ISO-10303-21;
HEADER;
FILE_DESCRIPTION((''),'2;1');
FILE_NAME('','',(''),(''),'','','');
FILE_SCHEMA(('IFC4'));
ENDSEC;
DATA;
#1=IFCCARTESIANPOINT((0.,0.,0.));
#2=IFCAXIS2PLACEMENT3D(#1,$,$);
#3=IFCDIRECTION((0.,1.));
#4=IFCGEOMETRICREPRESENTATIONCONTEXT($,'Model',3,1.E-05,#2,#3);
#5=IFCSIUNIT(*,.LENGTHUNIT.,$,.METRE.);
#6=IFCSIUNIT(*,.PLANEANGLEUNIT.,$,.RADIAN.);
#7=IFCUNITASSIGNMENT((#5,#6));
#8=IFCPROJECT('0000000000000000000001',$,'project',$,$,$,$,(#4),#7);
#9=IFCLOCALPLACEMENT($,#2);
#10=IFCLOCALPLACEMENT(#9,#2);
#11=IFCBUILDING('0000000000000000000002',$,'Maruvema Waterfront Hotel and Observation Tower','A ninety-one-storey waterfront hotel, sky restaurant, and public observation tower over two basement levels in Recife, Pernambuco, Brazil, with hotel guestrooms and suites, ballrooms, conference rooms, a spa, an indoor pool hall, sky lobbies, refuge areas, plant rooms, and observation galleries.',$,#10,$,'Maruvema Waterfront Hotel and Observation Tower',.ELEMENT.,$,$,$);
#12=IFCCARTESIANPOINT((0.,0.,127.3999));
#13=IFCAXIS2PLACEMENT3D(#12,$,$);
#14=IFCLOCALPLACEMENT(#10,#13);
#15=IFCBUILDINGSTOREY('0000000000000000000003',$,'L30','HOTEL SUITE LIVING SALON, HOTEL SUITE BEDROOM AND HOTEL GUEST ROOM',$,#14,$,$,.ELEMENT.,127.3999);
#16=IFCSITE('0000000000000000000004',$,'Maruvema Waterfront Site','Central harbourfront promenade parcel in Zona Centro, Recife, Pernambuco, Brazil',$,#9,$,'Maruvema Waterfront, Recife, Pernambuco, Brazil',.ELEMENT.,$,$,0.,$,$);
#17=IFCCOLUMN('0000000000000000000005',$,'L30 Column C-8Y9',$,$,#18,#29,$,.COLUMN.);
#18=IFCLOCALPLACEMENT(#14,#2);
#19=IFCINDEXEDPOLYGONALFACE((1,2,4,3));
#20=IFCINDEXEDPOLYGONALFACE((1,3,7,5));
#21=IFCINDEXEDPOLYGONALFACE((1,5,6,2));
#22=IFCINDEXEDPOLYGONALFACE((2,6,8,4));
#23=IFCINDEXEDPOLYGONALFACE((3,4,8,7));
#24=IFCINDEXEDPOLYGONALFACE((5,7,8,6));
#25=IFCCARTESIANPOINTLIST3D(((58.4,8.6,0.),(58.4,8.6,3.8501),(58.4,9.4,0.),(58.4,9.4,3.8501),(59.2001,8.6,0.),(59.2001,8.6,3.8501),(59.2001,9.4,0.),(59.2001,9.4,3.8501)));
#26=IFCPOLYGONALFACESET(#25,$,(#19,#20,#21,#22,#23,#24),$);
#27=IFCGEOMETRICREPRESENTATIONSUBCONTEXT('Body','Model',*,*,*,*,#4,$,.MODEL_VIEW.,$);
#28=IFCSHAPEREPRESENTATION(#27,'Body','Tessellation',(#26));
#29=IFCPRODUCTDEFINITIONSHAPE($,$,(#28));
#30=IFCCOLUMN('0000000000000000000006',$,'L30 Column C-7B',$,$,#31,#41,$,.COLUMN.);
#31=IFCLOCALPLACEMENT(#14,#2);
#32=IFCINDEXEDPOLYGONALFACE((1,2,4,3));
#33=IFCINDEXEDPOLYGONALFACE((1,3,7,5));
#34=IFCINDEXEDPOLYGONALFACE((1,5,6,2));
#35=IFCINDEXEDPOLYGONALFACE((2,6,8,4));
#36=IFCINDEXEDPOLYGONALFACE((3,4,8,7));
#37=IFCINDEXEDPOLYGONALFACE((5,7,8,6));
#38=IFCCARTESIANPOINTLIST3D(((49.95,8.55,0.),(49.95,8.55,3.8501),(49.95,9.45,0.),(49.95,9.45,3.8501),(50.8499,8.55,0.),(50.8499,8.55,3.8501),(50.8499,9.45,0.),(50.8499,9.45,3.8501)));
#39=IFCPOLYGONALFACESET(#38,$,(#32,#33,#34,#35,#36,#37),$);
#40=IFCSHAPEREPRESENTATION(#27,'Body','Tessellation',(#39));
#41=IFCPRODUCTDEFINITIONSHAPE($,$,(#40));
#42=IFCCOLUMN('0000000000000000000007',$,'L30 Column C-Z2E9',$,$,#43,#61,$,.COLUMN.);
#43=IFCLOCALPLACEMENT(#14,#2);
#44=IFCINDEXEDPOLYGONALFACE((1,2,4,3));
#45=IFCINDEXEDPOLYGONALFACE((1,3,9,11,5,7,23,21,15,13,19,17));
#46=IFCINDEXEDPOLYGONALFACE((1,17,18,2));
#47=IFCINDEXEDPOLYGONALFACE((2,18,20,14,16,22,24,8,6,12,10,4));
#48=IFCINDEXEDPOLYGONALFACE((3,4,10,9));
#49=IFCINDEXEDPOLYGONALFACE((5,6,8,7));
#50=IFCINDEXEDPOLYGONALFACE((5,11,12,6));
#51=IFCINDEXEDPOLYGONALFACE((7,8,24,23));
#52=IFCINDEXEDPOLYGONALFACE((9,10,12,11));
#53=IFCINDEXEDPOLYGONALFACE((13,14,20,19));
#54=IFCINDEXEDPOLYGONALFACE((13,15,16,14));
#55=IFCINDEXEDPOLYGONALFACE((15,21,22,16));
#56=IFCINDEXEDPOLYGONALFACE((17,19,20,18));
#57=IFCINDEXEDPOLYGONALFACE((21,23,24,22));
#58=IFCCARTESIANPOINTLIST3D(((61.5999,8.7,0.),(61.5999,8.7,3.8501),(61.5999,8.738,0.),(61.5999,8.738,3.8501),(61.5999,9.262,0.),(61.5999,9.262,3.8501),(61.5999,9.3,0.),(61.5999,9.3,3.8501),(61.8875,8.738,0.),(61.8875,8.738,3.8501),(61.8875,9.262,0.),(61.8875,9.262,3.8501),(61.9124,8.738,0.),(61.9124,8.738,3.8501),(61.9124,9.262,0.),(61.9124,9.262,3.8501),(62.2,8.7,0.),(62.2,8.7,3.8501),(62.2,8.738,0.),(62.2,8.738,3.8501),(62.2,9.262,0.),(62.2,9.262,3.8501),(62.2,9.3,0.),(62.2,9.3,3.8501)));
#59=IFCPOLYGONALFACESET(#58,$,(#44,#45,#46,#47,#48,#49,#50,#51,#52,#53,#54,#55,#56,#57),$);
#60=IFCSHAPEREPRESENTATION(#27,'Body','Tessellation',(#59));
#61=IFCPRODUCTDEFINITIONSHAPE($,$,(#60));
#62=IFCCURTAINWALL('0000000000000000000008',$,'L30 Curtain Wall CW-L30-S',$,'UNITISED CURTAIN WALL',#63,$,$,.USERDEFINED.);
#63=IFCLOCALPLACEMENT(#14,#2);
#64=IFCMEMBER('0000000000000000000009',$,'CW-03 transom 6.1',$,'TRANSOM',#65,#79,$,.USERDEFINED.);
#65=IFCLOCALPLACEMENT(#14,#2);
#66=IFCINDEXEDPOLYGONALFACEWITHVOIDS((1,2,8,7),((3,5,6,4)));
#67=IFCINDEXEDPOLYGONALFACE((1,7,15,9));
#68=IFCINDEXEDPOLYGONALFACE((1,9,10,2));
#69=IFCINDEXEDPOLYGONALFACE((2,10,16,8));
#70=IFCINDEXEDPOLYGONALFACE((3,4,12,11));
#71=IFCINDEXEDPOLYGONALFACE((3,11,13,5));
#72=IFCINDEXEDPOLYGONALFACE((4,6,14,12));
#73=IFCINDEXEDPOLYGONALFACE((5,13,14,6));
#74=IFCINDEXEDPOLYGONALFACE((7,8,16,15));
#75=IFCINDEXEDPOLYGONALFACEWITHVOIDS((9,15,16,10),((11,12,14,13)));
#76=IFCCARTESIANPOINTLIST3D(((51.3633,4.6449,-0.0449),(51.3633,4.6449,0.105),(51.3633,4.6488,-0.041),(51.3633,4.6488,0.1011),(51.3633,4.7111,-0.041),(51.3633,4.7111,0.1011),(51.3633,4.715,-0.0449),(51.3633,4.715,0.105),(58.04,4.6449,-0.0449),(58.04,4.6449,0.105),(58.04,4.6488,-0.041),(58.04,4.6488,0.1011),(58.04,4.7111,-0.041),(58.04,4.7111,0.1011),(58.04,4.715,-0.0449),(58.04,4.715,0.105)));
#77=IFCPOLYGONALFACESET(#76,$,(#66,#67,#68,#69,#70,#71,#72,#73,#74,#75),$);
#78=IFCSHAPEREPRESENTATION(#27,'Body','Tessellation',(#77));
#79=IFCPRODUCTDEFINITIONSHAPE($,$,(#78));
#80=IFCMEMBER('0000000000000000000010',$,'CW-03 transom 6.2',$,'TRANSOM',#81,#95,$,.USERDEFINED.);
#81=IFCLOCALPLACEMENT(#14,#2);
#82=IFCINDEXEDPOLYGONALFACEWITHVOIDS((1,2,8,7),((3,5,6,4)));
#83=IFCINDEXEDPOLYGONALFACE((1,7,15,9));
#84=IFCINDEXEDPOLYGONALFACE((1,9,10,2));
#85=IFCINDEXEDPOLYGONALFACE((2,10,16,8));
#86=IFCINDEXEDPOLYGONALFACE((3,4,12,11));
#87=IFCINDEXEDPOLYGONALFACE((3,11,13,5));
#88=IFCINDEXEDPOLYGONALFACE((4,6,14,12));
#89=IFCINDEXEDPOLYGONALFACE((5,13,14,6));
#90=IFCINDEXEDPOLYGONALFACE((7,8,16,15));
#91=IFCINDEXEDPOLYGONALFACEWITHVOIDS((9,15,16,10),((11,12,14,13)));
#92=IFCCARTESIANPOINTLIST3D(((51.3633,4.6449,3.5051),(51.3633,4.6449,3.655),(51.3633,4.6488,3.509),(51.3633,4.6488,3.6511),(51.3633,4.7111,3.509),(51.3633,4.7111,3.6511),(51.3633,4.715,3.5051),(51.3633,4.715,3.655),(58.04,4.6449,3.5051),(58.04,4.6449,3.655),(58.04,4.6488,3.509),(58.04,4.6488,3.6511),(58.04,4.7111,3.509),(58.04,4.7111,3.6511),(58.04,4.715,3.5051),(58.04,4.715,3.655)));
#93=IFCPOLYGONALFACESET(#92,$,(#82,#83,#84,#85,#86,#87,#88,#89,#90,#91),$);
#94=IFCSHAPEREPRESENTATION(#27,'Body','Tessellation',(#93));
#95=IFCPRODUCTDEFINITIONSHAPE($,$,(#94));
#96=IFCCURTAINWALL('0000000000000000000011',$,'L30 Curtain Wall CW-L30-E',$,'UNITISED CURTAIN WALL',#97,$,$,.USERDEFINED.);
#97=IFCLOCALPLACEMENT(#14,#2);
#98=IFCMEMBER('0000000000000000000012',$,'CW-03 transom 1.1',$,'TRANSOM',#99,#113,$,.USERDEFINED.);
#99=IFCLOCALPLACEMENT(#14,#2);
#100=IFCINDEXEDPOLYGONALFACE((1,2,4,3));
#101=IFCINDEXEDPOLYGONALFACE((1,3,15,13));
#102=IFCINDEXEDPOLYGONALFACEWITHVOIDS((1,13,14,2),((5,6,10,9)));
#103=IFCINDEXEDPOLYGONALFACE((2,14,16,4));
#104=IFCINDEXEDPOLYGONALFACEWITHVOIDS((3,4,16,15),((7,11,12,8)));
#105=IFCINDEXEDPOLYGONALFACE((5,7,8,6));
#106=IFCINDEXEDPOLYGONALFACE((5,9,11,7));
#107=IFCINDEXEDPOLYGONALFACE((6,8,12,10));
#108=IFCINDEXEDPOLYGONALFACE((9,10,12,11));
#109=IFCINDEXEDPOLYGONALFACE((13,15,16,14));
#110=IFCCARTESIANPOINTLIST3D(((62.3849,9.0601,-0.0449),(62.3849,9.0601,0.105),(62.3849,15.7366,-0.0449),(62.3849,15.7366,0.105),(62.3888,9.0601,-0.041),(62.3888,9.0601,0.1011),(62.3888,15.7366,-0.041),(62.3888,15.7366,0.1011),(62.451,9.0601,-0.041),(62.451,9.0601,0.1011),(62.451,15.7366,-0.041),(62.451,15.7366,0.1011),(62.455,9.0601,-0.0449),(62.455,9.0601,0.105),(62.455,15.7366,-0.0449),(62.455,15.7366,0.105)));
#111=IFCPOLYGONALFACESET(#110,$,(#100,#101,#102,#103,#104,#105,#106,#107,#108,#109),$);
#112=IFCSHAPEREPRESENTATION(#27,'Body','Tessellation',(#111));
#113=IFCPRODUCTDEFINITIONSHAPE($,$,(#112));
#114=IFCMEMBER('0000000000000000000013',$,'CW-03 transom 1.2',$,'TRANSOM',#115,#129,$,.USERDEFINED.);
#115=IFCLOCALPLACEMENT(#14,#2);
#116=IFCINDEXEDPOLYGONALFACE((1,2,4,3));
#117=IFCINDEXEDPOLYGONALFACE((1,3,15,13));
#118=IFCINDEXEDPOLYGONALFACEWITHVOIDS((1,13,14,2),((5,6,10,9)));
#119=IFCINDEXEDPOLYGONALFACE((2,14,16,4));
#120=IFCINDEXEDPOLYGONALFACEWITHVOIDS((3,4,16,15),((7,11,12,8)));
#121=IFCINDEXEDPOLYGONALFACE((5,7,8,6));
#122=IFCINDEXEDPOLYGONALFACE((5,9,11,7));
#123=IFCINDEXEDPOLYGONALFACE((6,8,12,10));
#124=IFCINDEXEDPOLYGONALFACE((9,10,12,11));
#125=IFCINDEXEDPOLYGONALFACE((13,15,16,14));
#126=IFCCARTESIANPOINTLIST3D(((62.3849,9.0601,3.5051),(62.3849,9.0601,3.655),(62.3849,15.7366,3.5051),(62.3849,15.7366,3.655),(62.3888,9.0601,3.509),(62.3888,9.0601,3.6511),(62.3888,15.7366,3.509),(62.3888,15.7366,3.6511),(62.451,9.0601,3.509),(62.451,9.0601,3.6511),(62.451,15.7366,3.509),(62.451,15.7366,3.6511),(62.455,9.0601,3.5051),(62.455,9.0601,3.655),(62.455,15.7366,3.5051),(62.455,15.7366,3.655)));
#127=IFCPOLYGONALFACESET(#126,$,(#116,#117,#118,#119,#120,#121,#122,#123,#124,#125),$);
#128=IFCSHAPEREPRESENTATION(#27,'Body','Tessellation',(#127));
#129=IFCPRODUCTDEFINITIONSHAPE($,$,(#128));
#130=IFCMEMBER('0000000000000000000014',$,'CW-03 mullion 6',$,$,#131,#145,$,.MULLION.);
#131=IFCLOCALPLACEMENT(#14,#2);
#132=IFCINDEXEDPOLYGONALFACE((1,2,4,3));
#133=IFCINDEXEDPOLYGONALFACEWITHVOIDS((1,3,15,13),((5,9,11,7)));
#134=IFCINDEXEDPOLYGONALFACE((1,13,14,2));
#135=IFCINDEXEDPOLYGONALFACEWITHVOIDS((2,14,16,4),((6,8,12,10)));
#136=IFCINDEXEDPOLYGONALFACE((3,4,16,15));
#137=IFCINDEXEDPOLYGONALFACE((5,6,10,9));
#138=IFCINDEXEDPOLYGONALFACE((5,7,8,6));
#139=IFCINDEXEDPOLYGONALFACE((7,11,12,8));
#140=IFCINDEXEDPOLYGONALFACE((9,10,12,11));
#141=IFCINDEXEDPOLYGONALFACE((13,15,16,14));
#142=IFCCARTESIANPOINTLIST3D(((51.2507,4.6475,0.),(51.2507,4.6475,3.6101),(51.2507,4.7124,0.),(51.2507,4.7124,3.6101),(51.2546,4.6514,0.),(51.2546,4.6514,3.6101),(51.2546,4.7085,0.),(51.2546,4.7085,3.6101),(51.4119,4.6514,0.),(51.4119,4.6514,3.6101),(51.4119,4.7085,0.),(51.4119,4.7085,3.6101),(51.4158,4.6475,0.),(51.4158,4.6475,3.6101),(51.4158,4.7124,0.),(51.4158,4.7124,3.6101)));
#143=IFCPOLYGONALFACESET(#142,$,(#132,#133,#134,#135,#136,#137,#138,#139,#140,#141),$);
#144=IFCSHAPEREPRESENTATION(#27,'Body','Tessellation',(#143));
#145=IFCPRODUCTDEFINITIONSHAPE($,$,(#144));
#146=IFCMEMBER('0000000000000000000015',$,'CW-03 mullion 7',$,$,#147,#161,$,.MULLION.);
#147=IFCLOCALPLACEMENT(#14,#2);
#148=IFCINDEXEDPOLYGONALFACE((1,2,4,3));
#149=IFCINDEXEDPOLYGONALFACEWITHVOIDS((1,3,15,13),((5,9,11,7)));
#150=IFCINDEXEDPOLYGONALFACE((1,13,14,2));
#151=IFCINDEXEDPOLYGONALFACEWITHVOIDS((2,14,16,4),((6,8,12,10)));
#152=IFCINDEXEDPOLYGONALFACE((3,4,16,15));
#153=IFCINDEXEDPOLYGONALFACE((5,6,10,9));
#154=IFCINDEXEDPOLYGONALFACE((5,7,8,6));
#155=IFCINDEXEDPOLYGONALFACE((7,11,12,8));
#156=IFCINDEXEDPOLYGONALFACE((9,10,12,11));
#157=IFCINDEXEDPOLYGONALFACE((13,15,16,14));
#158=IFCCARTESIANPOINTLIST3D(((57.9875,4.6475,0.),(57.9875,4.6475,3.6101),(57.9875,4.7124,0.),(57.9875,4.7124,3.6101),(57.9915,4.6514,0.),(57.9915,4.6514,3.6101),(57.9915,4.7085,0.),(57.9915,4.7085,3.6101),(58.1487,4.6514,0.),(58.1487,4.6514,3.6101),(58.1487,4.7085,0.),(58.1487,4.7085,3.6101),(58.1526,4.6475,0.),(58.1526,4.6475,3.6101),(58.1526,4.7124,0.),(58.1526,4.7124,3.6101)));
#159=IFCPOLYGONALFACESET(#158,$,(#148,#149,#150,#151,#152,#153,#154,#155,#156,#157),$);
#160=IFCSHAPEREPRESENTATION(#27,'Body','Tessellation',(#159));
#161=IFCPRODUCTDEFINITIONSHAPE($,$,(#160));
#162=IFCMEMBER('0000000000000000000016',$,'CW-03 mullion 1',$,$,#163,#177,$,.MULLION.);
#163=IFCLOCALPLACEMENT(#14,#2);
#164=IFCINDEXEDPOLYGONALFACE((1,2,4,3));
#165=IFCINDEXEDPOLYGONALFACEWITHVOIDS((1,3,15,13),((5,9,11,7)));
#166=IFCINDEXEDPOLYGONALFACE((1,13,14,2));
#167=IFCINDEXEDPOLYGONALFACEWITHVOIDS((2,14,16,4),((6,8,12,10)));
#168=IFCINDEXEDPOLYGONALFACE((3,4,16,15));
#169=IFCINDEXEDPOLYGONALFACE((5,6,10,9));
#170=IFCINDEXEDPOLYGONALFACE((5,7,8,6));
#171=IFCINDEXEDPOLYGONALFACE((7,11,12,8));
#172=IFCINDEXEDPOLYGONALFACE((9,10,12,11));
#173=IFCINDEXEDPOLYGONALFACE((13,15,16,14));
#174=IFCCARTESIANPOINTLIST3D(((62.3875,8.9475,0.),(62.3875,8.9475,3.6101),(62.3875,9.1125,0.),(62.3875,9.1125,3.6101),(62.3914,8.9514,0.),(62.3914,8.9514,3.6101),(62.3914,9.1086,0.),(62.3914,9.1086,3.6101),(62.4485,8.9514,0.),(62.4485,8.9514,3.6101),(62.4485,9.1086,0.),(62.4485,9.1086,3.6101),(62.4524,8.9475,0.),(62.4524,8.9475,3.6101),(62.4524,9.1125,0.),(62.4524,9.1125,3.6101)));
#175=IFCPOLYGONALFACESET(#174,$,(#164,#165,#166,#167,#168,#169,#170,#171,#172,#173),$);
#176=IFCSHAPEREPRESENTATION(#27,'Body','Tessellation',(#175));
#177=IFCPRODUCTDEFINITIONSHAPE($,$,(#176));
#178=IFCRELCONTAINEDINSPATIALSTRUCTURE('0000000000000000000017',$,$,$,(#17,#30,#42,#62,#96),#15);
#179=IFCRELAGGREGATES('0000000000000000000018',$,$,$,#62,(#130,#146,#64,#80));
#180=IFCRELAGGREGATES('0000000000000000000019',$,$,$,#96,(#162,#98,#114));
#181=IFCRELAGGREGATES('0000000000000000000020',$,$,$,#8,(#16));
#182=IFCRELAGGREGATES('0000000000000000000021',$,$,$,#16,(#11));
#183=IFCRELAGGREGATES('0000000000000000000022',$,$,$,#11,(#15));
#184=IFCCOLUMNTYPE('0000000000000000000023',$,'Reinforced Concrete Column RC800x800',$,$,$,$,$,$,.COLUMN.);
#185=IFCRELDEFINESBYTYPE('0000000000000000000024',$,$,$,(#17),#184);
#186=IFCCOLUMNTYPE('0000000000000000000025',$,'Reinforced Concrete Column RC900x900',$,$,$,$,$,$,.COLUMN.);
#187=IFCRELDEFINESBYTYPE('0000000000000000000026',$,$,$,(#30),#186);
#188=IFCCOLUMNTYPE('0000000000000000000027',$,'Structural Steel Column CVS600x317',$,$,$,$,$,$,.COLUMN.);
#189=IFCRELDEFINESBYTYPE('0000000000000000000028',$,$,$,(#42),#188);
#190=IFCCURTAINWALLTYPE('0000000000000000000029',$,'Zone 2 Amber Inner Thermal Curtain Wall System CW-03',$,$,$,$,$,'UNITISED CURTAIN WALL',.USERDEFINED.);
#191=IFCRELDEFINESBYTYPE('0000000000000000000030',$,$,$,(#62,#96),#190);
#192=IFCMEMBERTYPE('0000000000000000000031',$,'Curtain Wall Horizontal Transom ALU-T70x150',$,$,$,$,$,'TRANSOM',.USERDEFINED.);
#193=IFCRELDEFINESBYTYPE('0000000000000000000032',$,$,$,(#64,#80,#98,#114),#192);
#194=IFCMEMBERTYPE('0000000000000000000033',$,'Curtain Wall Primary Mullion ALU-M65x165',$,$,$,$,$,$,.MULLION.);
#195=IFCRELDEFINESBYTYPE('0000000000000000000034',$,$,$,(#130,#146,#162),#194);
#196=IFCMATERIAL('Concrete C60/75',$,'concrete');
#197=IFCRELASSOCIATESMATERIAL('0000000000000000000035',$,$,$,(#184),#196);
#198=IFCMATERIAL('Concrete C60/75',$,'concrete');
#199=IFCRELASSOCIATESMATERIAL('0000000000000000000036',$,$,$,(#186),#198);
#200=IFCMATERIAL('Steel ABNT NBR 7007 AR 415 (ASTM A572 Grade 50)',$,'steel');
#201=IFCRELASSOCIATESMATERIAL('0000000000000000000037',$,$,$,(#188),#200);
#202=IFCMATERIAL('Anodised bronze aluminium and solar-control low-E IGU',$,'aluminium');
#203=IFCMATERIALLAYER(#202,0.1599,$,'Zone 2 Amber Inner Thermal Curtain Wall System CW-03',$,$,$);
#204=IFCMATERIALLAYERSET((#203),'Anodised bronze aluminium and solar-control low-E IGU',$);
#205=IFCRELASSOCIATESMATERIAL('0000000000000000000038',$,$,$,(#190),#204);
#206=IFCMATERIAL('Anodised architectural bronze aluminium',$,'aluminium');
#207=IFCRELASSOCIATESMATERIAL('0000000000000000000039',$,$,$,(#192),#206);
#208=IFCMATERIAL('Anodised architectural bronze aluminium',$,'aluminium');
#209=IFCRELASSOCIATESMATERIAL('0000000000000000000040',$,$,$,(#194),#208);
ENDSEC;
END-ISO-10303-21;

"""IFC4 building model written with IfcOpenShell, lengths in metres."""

from ifc_helpers import new_model, si_unit, direction, frame, origin, origin_2d, place, context, subcontext, project, spatial, rectangle, hollow_rectangle, i_section, extrude, material, layer, layer_set, material_profile, profile_set, type_object, element, aggregate, save


model = new_model("IFC4")

# Units and contexts
model_context = context("Model", 3, precision=1e-05, world=origin(), true_north=direction((0.0, 1.0)))
body_context = subcontext(model_context, "Body", "Model", "MODEL_VIEW")
ifc_project = project(units=[si_unit("LENGTHUNIT", "METRE"), si_unit("PLANEANGLEUNIT", "RADIAN")], contexts=[model_context])

# Site, building, storey
site_placement = place(None, origin())
site = spatial("IfcSite", under=ifc_project, at=site_placement, Name="Maruvema Waterfront Site", Description="Central harbourfront promenade parcel in Zona Centro, Recife, Pernambuco, Brazil", LongName="Maruvema Waterfront, Recife, Pernambuco, Brazil", CompositionType="ELEMENT", RefElevation=0.0)
building_placement = place(site_placement, origin())
building = spatial("IfcBuilding", under=site, at=building_placement, Name="Maruvema Waterfront Hotel and Observation Tower", Description="A ninety-one-storey waterfront hotel, sky restaurant, and public observation tower over two basement levels in Recife, Pernambuco, Brazil, with hotel guestrooms and suites, ballrooms, conference rooms, a spa, an indoor pool hall, sky lobbies, refuge areas, plant rooms, and observation galleries.", LongName="Maruvema Waterfront Hotel and Observation Tower", CompositionType="ELEMENT")
storey_placement = place(building_placement, frame((0.0, 0.0, 127.3999)))
storey = spatial("IfcBuildingStorey", under=building, at=storey_placement, Name="L30", Description="HOTEL SUITE LIVING SALON, HOTEL SUITE BEDROOM AND HOTEL GUEST ROOM", CompositionType="ELEMENT", Elevation=127.3999)

# Columns
ifc_material_1 = material(Name="Concrete C60/75", Category="concrete")
ifc_material_profile_1 = material_profile(ifc_material_1, rectangle(XDim=0.8, YDim=0.8, at=origin_2d()), Name="RC800x800")
ifc_profile_set_1 = profile_set([ifc_material_profile_1], Name="Concrete C60/75")
column_type_1 = type_object("IfcColumnType", Name="Reinforced Concrete Column RC800x800", PredefinedType="COLUMN", material=ifc_profile_set_1)
column_1_placement = place(storey_placement, frame((58.8, 9.0, 0.0), z_axis=(0.0, 0.0, 1.0), x_axis=(1.0, 0.0, 0.0)))
element("IfcColumn", 1, at=column_1_placement, inside=storey, type_object=column_type_1, Name="L30 Column C-8Y9", PredefinedType="COLUMN", context=body_context, shape_type="SweptSolid", body=[
    extrude(rectangle(XDim=0.8, YDim=0.8, at=origin_2d()), origin(), (0.0, 0.0, 1.0), 3.8501),
])
ifc_material_2 = material(Name="Concrete C60/75", Category="concrete")
ifc_material_profile_2 = material_profile(ifc_material_2, rectangle(XDim=0.8999, YDim=0.8999, at=origin_2d()), Name="RC900x900")
ifc_profile_set_2 = profile_set([ifc_material_profile_2], Name="Concrete C60/75")
column_type_2 = type_object("IfcColumnType", Name="Reinforced Concrete Column RC900x900", PredefinedType="COLUMN", material=ifc_profile_set_2)
column_2_placement = place(storey_placement, frame((50.3999, 9.0, 0.0), z_axis=(0.0, 0.0, 1.0), x_axis=(1.0, 0.0, 0.0)))
element("IfcColumn", 2, at=column_2_placement, inside=storey, type_object=column_type_2, Name="L30 Column C-7B", PredefinedType="COLUMN", context=body_context, shape_type="SweptSolid", body=[
    extrude(rectangle(XDim=0.8999, YDim=0.8999, at=origin_2d()), origin(), (0.0, 0.0, 1.0), 3.8501),
])
ifc_material_3 = material(Name="Steel ABNT NBR 7007 AR 415 (ASTM A572 Grade 50)", Category="steel")
ifc_material_profile_3 = material_profile(ifc_material_3, i_section(OverallWidth=0.6001, OverallDepth=0.6001, WebThickness=0.0249, FlangeThickness=0.0381, at=origin_2d()), Name="CVS600x317")
ifc_profile_set_3 = profile_set([ifc_material_profile_3], Name="Steel ABNT NBR 7007 AR 415 (ASTM A572 Grade 50)")
column_type_3 = type_object("IfcColumnType", Name="Structural Steel Column CVS600x317", PredefinedType="COLUMN", material=ifc_profile_set_3)
column_3_placement = place(storey_placement, frame((61.8999, 9.0, 0.0), z_axis=(0.0, 0.0, 1.0), x_axis=(1.0, 0.0, 0.0)))
element("IfcColumn", 3, at=column_3_placement, inside=storey, type_object=column_type_3, Name="L30 Column C-Z2E9", PredefinedType="COLUMN", context=body_context, shape_type="SweptSolid", body=[
    extrude(i_section(OverallWidth=0.6001, OverallDepth=0.6001, WebThickness=0.0249, FlangeThickness=0.0381, at=origin_2d()), origin(), (0.0, 0.0, 1.0), 3.8501),
])

# Curtain walls, members
ifc_material_4 = material(Name="Anodised bronze aluminium and solar-control low-E IGU", Category="aluminium")
ifc_layer_1 = layer(ifc_material_4, 0.1599, Name="Zone 2 Amber Inner Thermal Curtain Wall System CW-03")
ifc_layer_set_1 = layer_set([ifc_layer_1], Name="Anodised bronze aluminium and solar-control low-E IGU")
curtain_wall_type = type_object("IfcCurtainWallType", Name="Zone 2 Amber Inner Thermal Curtain Wall System CW-03", ElementType="UNITISED CURTAIN WALL", PredefinedType="USERDEFINED", material=ifc_layer_set_1)
curtain_wall_1_placement = place(storey_placement, origin())
curtain_wall_1 = element("IfcCurtainWall", 4, at=curtain_wall_1_placement, inside=storey, type_object=curtain_wall_type, Name="L30 Curtain Wall CW-L30-S", ObjectType="UNITISED CURTAIN WALL", PredefinedType="USERDEFINED")
ifc_material_5 = material(Name="Anodised architectural bronze aluminium", Category="aluminium")
ifc_material_profile_4 = material_profile(ifc_material_5, hollow_rectangle(XDim=0.0701, YDim=0.1499, WallThickness=0.0039, at=origin_2d()), Name="ALU-T70x150")
ifc_profile_set_4 = profile_set([ifc_material_profile_4], Name="Anodised architectural bronze aluminium")
member_type_1 = type_object("IfcMemberType", Name="Curtain Wall Horizontal Transom ALU-T70x150", ElementType="TRANSOM", PredefinedType="USERDEFINED", material=ifc_profile_set_4)
member_1_placement = place(storey_placement, frame((51.3633, 4.6799, 0.03), z_axis=(1.0, 0.0, 0.0), x_axis=(0.0, 1.0, 0.0)))
member_1 = element("IfcMember", 5, at=member_1_placement, type_object=member_type_1, Name="CW-03 transom 6.1", ObjectType="TRANSOM", PredefinedType="USERDEFINED", context=body_context, shape_type="SweptSolid", body=[
    extrude(hollow_rectangle(XDim=0.0701, YDim=0.1499, WallThickness=0.0039, at=origin_2d()), origin(), (0.0, 0.0, 1.0), 6.6768),
])
member_2_placement = place(storey_placement, frame((51.3633, 4.6799, 3.5801), z_axis=(1.0, 0.0, 0.0), x_axis=(0.0, 1.0, 0.0)))
member_2 = element("IfcMember", 6, at=member_2_placement, type_object=member_type_1, Name="CW-03 transom 6.2", ObjectType="TRANSOM", PredefinedType="USERDEFINED", context=body_context, shape_type="SweptSolid", body=[
    extrude(hollow_rectangle(XDim=0.0701, YDim=0.1499, WallThickness=0.0039, at=origin_2d()), origin(), (0.0, 0.0, 1.0), 6.6768),
])
curtain_wall_2_placement = place(storey_placement, origin())
curtain_wall_2 = element("IfcCurtainWall", 7, at=curtain_wall_2_placement, inside=storey, type_object=curtain_wall_type, Name="L30 Curtain Wall CW-L30-E", ObjectType="UNITISED CURTAIN WALL", PredefinedType="USERDEFINED")
member_3_placement = place(storey_placement, frame((62.4199, 9.0601, 0.03), z_axis=(0.0, 1.0, 0.0), x_axis=(-1.0, 0.0, 0.0)))
member_3 = element("IfcMember", 8, at=member_3_placement, type_object=member_type_1, Name="CW-03 transom 1.1", ObjectType="TRANSOM", PredefinedType="USERDEFINED", context=body_context, shape_type="SweptSolid", body=[
    extrude(hollow_rectangle(XDim=0.0701, YDim=0.1499, WallThickness=0.0039, at=origin_2d()), origin(), (0.0, 0.0, 1.0), 6.6765),
])
member_4_placement = place(storey_placement, frame((62.4199, 9.0601, 3.5801), z_axis=(0.0, 1.0, 0.0), x_axis=(-1.0, 0.0, 0.0)))
member_4 = element("IfcMember", 9, at=member_4_placement, type_object=member_type_1, Name="CW-03 transom 1.2", ObjectType="TRANSOM", PredefinedType="USERDEFINED", context=body_context, shape_type="SweptSolid", body=[
    extrude(hollow_rectangle(XDim=0.0701, YDim=0.1499, WallThickness=0.0039, at=origin_2d()), origin(), (0.0, 0.0, 1.0), 6.6765),
])

# Members
ifc_material_6 = material(Name="Anodised architectural bronze aluminium", Category="aluminium")
ifc_material_profile_5 = material_profile(ifc_material_6, hollow_rectangle(XDim=0.0649, YDim=0.165, WallThickness=0.0039, at=origin_2d()), Name="ALU-M65x165")
ifc_profile_set_5 = profile_set([ifc_material_profile_5], Name="Anodised architectural bronze aluminium")
member_type_2 = type_object("IfcMemberType", Name="Curtain Wall Primary Mullion ALU-M65x165", PredefinedType="MULLION", material=ifc_profile_set_5)
member_5_placement = place(storey_placement, frame((51.3333, 4.6799, 0.0), z_axis=(0.0, 0.0, 1.0), x_axis=(0.0, 1.0, 0.0)))
member_5 = element("IfcMember", 10, at=member_5_placement, type_object=member_type_2, Name="CW-03 mullion 6", PredefinedType="MULLION", context=body_context, shape_type="SweptSolid", body=[
    extrude(hollow_rectangle(XDim=0.0649, YDim=0.165, WallThickness=0.0039, at=origin_2d()), origin(), (0.0, 0.0, 1.0), 3.6101),
])
member_6_placement = place(storey_placement, frame((58.0701, 4.6799, 0.0), z_axis=(0.0, 0.0, 1.0), x_axis=(0.0, 1.0, 0.0)))
member_6 = element("IfcMember", 11, at=member_6_placement, type_object=member_type_2, Name="CW-03 mullion 7", PredefinedType="MULLION", context=body_context, shape_type="SweptSolid", body=[
    extrude(hollow_rectangle(XDim=0.0649, YDim=0.165, WallThickness=0.0039, at=origin_2d()), origin(), (0.0, 0.0, 1.0), 3.6101),
])
member_7_placement = place(storey_placement, frame((62.4199, 9.03, 0.0), z_axis=(0.0, 0.0, 1.0), x_axis=(-1.0, 0.0, 0.0)))
member_7 = element("IfcMember", 12, at=member_7_placement, type_object=member_type_2, Name="CW-03 mullion 1", PredefinedType="MULLION", context=body_context, shape_type="SweptSolid", body=[
    extrude(hollow_rectangle(XDim=0.0649, YDim=0.165, WallThickness=0.0039, at=origin_2d()), origin(), (0.0, 0.0, 1.0), 3.6101),
])

aggregate(curtain_wall_1, [member_5, member_6, member_1, member_2])
aggregate(curtain_wall_2, [member_7, member_3, member_4])

save(model, "model.ifc")
